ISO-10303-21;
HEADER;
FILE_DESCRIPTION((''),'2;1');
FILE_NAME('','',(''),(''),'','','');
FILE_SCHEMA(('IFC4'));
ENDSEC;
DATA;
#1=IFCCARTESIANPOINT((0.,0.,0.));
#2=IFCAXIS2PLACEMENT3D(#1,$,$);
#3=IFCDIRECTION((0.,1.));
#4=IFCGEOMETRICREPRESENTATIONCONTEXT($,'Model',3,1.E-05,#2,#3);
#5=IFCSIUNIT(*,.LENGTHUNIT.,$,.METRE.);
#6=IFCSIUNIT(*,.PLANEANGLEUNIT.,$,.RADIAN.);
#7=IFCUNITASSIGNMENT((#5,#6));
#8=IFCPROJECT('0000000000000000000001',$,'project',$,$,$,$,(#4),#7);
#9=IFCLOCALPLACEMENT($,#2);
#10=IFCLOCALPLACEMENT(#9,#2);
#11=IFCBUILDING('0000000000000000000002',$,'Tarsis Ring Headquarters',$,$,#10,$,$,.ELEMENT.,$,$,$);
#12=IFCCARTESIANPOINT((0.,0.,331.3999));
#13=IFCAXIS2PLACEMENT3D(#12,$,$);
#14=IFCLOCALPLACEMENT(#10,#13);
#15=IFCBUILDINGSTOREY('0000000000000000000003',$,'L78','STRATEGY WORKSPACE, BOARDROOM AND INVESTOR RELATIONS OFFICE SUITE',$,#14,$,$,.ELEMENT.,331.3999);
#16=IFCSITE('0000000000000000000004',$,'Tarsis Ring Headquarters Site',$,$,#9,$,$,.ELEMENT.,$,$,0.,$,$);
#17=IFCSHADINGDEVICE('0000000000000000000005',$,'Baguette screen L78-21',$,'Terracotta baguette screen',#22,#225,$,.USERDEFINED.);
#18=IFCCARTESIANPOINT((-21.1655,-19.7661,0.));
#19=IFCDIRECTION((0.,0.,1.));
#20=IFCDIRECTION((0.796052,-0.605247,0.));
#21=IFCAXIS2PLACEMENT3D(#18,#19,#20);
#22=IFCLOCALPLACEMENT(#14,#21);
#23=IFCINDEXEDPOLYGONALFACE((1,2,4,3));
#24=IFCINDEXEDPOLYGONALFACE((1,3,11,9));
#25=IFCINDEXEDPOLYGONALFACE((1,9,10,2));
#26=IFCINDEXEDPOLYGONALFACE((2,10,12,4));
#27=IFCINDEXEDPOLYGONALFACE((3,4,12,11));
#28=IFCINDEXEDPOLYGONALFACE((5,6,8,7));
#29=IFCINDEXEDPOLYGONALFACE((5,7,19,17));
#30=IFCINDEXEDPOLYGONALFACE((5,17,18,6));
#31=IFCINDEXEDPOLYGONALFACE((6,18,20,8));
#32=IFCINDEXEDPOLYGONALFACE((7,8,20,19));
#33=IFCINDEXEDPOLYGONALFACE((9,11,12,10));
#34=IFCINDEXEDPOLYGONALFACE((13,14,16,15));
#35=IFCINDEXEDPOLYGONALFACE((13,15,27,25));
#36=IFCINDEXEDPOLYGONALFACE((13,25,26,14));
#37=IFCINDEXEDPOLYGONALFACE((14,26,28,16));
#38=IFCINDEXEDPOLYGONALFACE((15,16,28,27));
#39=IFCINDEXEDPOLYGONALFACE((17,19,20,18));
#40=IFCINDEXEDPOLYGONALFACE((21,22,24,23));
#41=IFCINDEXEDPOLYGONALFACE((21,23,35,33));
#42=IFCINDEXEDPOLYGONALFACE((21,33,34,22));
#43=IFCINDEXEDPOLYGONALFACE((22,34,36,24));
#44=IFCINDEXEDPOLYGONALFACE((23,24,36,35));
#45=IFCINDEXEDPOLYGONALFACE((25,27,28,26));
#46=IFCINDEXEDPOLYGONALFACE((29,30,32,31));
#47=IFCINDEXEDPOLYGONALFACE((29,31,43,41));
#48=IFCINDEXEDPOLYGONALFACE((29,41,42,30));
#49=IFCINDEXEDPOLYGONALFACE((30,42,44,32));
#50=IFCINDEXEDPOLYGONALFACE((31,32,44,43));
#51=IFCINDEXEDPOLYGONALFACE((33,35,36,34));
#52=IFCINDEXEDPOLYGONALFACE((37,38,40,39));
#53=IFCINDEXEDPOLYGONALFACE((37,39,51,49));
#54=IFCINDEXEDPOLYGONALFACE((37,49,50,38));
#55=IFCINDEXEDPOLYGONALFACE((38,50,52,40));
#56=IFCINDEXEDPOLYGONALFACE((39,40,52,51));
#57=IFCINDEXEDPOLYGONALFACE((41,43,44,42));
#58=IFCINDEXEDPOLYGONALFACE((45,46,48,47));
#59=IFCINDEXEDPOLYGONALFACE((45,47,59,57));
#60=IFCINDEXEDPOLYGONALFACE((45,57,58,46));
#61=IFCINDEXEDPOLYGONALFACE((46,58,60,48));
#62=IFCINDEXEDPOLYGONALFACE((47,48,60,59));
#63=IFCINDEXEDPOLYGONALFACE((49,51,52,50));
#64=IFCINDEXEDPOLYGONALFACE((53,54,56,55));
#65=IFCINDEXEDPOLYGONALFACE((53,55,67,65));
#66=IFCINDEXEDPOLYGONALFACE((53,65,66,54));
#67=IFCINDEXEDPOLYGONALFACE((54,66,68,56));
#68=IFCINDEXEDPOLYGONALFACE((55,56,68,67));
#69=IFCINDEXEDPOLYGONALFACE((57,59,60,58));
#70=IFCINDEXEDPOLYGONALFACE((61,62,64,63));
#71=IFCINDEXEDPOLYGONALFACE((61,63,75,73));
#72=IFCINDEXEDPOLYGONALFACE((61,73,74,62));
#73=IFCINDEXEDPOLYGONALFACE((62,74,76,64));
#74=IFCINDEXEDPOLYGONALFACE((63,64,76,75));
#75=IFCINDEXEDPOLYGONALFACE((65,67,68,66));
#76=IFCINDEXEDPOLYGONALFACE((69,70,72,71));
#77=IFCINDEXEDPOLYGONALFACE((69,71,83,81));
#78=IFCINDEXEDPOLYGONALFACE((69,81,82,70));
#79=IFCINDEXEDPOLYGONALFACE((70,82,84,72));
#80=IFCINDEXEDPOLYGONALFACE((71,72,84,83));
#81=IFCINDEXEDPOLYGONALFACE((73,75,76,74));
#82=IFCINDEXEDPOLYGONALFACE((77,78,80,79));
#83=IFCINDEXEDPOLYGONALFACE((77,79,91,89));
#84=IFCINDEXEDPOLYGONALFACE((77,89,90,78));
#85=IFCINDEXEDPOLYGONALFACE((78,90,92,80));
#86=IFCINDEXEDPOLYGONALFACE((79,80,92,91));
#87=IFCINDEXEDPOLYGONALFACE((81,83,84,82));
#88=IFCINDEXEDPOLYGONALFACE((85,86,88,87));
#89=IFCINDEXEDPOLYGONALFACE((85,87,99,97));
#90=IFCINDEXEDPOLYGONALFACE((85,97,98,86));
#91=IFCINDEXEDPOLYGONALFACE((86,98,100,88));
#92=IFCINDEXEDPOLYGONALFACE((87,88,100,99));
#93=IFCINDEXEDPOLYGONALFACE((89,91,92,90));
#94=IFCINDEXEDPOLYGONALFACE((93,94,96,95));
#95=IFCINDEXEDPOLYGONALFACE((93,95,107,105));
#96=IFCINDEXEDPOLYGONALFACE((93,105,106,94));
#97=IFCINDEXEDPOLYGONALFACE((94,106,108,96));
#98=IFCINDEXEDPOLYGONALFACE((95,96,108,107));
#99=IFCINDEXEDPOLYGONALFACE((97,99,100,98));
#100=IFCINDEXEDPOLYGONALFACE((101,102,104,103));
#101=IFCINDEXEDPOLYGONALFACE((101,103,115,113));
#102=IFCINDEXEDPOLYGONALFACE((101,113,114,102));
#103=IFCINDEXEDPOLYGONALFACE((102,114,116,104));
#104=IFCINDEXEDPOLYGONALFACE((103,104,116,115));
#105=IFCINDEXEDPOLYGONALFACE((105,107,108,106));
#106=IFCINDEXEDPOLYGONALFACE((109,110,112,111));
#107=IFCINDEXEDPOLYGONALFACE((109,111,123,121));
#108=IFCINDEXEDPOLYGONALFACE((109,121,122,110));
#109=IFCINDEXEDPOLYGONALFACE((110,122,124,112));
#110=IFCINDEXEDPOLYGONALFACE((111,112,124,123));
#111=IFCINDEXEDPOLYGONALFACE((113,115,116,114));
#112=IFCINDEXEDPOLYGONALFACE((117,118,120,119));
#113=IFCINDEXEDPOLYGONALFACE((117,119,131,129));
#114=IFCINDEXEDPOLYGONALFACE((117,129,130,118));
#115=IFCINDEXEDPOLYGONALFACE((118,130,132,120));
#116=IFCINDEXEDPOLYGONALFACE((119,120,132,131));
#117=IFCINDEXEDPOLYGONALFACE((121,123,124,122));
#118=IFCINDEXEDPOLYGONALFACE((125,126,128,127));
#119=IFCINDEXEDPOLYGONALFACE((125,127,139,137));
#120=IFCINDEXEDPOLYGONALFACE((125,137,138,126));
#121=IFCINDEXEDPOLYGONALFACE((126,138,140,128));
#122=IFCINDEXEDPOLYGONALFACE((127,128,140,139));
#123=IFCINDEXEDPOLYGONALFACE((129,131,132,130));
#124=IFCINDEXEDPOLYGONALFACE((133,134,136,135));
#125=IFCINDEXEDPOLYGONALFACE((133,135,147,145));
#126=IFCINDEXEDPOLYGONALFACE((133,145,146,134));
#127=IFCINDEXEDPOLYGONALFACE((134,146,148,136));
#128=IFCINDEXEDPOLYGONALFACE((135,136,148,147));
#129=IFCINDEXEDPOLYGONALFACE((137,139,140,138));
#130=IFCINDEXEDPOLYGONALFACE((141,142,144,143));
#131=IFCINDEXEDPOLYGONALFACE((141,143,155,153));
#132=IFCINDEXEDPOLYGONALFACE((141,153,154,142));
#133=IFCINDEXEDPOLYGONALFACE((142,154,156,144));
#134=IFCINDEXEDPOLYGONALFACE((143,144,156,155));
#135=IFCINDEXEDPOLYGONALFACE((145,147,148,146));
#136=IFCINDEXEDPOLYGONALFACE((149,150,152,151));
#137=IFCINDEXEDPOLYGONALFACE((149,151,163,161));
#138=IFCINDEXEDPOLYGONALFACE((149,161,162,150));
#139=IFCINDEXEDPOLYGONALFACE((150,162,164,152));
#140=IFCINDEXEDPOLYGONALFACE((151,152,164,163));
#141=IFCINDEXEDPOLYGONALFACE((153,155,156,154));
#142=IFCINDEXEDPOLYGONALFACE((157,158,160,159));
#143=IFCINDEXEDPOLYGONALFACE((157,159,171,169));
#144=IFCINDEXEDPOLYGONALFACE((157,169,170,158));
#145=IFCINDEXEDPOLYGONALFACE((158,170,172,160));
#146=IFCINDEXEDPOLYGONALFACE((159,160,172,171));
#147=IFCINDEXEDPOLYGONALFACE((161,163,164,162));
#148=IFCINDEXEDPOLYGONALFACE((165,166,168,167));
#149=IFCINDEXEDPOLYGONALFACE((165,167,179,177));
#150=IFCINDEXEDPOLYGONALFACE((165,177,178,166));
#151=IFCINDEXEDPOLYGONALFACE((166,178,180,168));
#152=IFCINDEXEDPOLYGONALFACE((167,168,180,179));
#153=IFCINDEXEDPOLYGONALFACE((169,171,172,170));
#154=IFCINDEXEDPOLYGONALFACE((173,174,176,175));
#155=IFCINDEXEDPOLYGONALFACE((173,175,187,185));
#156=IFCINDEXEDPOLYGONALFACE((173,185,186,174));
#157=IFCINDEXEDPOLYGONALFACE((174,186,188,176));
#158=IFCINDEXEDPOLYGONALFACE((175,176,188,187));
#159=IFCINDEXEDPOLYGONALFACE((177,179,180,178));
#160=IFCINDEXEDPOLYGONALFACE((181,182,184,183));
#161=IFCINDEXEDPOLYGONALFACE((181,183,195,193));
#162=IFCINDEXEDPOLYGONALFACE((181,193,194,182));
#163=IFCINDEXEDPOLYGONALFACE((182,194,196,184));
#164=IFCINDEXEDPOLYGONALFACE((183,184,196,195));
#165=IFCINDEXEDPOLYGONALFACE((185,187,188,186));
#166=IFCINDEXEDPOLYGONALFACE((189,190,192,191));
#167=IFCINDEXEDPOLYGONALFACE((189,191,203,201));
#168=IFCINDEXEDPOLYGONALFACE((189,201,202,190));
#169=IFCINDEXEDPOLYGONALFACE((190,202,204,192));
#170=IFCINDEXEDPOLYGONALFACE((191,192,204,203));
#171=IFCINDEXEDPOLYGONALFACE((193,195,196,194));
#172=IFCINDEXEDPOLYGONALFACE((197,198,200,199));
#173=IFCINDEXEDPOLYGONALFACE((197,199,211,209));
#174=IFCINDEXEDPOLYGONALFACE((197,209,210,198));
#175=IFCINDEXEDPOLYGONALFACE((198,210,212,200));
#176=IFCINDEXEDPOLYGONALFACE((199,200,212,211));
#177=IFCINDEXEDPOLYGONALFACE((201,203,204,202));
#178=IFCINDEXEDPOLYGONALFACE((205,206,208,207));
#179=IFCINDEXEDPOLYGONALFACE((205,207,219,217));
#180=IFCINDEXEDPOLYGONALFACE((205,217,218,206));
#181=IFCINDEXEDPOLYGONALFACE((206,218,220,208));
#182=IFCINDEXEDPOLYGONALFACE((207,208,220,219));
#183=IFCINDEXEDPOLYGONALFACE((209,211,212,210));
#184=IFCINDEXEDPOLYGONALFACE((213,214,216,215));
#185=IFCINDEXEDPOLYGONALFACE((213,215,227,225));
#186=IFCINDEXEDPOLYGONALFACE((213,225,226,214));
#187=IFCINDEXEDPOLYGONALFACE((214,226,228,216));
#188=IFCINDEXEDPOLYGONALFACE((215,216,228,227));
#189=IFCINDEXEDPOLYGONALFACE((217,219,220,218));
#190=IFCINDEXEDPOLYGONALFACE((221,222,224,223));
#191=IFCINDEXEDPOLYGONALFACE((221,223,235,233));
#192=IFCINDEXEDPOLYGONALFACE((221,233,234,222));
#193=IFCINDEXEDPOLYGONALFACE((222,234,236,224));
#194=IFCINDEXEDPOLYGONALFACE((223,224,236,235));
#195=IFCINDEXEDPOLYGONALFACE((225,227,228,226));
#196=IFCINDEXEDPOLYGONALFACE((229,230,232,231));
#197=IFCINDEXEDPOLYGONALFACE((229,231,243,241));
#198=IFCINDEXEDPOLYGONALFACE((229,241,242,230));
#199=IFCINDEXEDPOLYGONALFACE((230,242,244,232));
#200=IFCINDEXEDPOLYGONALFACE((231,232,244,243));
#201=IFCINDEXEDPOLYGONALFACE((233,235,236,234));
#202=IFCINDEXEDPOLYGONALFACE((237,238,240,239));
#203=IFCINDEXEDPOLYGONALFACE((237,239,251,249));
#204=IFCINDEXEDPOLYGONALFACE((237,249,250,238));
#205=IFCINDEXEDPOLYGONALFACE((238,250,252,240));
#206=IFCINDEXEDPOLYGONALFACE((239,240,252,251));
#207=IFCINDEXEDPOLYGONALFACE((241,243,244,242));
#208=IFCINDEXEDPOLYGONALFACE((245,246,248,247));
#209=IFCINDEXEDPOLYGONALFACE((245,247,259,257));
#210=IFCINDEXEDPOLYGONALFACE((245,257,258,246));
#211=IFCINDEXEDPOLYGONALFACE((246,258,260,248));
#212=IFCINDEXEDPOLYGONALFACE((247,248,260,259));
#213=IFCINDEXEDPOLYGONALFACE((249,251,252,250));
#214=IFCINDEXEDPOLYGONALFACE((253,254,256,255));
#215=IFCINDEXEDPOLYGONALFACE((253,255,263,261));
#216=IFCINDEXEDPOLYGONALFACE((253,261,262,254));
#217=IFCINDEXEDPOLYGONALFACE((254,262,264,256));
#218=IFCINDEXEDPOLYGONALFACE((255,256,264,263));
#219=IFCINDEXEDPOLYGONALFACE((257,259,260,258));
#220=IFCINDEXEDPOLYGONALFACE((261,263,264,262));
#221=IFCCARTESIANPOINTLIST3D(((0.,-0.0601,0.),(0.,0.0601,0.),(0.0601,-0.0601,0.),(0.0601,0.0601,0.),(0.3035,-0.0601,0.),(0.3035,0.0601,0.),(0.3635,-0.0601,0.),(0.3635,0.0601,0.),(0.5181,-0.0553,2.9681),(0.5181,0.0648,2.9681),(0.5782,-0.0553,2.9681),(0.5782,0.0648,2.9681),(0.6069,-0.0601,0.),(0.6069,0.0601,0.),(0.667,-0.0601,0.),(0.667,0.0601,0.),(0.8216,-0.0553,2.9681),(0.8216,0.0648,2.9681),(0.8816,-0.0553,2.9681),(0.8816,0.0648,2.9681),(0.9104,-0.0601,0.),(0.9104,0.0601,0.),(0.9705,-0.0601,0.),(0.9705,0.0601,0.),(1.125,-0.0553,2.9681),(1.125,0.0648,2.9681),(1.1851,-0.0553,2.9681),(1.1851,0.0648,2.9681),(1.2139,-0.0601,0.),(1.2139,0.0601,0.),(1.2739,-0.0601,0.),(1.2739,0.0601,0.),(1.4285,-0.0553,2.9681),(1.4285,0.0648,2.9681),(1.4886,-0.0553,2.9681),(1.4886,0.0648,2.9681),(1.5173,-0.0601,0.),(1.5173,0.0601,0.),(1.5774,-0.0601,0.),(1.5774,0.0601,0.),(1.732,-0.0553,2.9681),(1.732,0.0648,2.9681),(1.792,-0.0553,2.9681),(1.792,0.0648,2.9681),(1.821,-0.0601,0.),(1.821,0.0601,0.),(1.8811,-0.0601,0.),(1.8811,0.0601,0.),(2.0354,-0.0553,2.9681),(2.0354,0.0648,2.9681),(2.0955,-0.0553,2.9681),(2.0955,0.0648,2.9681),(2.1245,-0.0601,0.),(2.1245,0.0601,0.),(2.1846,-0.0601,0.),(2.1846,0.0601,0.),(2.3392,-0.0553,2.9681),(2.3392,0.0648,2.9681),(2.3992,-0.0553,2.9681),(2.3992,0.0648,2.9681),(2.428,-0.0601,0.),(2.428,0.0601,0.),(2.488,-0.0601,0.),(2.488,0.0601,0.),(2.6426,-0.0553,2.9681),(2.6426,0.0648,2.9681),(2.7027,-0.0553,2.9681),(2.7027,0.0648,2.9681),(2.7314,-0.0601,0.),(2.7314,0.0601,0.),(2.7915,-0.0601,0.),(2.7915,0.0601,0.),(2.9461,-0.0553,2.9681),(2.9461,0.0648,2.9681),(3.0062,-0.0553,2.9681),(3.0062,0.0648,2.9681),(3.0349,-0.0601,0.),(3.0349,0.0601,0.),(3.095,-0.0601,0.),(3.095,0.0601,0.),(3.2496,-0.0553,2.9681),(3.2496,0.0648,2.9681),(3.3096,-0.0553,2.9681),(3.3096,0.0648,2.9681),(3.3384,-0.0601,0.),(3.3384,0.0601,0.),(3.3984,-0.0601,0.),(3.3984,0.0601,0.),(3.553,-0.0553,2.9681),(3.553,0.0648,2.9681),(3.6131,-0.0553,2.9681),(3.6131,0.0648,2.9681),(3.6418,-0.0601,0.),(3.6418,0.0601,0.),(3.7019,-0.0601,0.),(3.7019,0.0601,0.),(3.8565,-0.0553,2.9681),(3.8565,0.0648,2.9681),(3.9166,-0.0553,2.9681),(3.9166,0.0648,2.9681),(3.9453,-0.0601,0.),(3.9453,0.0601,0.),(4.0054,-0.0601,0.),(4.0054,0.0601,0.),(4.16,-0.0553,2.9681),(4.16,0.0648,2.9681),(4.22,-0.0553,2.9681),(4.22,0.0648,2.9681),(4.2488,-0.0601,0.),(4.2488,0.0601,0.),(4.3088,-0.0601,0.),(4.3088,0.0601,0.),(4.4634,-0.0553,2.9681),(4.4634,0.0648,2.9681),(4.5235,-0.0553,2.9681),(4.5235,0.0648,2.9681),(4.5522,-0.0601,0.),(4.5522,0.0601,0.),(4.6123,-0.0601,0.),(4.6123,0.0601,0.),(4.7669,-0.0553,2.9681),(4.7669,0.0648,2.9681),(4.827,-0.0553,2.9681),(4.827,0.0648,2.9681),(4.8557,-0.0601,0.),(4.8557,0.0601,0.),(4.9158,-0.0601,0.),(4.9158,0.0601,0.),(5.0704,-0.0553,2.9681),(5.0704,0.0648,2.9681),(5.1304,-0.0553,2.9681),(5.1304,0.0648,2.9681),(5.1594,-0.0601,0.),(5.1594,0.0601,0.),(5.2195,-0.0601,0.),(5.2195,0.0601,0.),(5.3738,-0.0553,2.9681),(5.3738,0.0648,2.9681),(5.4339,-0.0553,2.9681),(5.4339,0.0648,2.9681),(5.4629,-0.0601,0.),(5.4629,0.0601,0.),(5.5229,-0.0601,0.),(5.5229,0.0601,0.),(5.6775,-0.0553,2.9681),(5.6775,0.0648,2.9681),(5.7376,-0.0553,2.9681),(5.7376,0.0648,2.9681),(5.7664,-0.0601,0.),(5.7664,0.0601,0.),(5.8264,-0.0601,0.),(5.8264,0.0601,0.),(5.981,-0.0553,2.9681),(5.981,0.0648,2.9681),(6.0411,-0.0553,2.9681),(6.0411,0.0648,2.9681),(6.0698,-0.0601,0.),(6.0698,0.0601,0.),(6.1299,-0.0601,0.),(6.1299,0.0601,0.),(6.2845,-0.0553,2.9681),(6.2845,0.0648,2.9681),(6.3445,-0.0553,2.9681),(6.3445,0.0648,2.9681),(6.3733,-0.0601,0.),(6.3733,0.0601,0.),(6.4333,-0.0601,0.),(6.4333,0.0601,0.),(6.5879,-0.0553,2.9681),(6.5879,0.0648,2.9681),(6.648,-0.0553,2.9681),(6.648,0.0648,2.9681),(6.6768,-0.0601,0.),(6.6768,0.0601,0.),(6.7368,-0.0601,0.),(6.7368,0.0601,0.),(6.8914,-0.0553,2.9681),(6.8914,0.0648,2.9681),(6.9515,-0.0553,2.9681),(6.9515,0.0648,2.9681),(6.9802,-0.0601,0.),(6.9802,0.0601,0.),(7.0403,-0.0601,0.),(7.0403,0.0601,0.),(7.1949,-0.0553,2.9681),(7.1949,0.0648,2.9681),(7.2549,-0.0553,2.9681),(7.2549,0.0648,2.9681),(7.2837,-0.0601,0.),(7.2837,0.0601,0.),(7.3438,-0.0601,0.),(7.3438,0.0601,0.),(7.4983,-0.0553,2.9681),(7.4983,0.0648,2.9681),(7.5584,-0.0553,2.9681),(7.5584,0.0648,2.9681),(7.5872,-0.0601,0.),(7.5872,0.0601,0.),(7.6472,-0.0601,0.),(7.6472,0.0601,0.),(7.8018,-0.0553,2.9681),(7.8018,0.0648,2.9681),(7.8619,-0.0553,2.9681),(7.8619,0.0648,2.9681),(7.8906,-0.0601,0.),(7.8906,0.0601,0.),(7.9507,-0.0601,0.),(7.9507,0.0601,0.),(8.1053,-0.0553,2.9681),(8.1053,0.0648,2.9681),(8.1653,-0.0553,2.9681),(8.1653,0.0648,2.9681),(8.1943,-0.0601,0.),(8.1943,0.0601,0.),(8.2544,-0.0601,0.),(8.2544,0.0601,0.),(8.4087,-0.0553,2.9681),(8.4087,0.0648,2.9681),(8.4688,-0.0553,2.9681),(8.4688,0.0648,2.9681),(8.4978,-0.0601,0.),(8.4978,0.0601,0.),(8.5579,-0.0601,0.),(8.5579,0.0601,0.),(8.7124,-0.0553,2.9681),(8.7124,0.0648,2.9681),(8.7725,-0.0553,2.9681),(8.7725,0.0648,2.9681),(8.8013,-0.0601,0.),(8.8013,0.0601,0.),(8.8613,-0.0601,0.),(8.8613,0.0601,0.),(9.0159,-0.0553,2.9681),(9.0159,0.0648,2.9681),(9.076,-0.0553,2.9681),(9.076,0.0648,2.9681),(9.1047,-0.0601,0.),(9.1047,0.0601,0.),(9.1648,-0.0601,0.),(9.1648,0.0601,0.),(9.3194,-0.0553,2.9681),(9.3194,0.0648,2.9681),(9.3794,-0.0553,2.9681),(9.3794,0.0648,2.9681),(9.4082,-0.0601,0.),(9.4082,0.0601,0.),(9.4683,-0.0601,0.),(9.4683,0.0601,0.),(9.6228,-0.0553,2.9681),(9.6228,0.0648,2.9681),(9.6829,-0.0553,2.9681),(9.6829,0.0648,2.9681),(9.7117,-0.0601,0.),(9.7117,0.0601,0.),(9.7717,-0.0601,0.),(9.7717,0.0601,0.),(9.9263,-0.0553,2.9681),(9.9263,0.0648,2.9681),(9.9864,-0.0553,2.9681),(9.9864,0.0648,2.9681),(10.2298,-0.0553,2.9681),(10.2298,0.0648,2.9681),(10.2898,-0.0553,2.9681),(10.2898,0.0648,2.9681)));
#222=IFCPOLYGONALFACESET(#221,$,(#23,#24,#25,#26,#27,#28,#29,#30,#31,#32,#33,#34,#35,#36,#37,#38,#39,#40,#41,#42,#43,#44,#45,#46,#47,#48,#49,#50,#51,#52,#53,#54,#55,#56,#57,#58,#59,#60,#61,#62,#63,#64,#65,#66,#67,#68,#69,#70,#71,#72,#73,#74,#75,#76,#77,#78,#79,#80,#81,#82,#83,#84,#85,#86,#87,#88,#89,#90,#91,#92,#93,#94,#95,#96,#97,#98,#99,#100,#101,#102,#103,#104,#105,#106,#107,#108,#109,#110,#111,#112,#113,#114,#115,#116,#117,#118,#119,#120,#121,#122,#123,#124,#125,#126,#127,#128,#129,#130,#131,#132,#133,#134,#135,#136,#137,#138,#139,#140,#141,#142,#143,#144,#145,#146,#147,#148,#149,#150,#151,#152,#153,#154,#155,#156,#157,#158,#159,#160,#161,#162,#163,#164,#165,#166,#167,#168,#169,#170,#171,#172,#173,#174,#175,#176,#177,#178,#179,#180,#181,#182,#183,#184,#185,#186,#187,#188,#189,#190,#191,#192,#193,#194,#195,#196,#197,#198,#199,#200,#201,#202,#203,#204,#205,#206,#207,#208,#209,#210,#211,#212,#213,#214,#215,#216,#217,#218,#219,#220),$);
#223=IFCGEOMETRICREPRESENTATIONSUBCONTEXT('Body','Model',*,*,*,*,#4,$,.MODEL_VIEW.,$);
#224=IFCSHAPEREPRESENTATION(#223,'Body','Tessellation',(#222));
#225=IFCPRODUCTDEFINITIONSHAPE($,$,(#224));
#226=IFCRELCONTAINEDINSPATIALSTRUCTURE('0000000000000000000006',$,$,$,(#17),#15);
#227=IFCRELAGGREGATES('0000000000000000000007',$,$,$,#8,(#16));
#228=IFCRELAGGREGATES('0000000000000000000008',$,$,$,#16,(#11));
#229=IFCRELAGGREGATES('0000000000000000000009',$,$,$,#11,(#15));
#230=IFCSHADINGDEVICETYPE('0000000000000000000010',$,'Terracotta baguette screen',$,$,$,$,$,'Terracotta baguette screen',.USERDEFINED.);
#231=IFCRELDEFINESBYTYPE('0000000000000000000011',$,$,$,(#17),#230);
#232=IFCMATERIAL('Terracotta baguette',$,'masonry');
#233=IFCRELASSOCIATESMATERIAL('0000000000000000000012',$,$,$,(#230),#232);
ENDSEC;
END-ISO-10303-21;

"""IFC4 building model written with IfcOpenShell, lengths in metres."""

from ifc_helpers import new_model, si_unit, direction, frame, frame_2d, origin, place, context, subcontext, project, spatial, rectangle, composite_profile, extrude, material, type_object, element, save


model = new_model("IFC4")

# Units and contexts
model_context = context("Model", 3, precision=1e-05, world=origin(), true_north=direction((0.0, 1.0)))
body_context = subcontext(model_context, "Body", "Model", "MODEL_VIEW")
ifc_project = project(units=[si_unit("LENGTHUNIT", "METRE"), si_unit("PLANEANGLEUNIT", "RADIAN")], contexts=[model_context])

# Site, building, storey
site_placement = place(None, origin())
site = spatial("IfcSite", under=ifc_project, at=site_placement, Name="Tarsis Ring Headquarters Site", CompositionType="ELEMENT", RefElevation=0.0)
building_placement = place(site_placement, origin())
building = spatial("IfcBuilding", under=site, at=building_placement, Name="Tarsis Ring Headquarters", CompositionType="ELEMENT")
storey_placement = place(building_placement, frame((0.0, 0.0, 331.3999)))
storey = spatial("IfcBuildingStorey", under=building, at=storey_placement, Name="L78", Description="STRATEGY WORKSPACE, BOARDROOM AND INVESTOR RELATIONS OFFICE SUITE", CompositionType="ELEMENT", Elevation=331.3999)

# Shading device
ifc_material_1 = material(Name="Terracotta baguette", Category="masonry")
shading_device_type = type_object("IfcShadingDeviceType", Name="Terracotta baguette screen", ElementType="Terracotta baguette screen", PredefinedType="USERDEFINED", material=ifc_material_1)
shading_device_1_placement = place(storey_placement, frame((-21.1655, -19.7661, 0.0), z_axis=(0.0, 0.0, 1.0), x_axis=(0.796052, -0.605247, 0.0)))
element("IfcShadingDevice", 1, at=shading_device_1_placement, inside=storey, type_object=shading_device_type, Name="Baguette screen L78-21", ObjectType="Terracotta baguette screen", PredefinedType="USERDEFINED", context=body_context, shape_type="SweptSolid", body=[
    extrude(composite_profile([rectangle(XDim=0.0601, YDim=0.1201, at=frame_2d((0.03, 0.0))), rectangle(XDim=0.0601, YDim=0.1201, at=frame_2d((0.3335, 0.0))), rectangle(XDim=0.0601, YDim=0.1201, at=frame_2d((0.637, 0.0))), rectangle(XDim=0.0601, YDim=0.1201, at=frame_2d((0.9404, 0.0))), rectangle(XDim=0.0601, YDim=0.1201, at=frame_2d((1.2439, 0.0))), rectangle(XDim=0.0601, YDim=0.1201, at=frame_2d((1.5474, 0.0))), rectangle(XDim=0.0601, YDim=0.1201, at=frame_2d((1.8511, 0.0))), rectangle(XDim=0.0601, YDim=0.1201, at=frame_2d((2.1545, 0.0))), rectangle(XDim=0.0601, YDim=0.1201, at=frame_2d((2.458, 0.0))), rectangle(XDim=0.0601, YDim=0.1201, at=frame_2d((2.7615, 0.0))), rectangle(XDim=0.0601, YDim=0.1201, at=frame_2d((3.0649, 0.0))), rectangle(XDim=0.0601, YDim=0.1201, at=frame_2d((3.3684, 0.0))), rectangle(XDim=0.0601, YDim=0.1201, at=frame_2d((3.6719, 0.0))), rectangle(XDim=0.0601, YDim=0.1201, at=frame_2d((3.9753, 0.0))), rectangle(XDim=0.0601, YDim=0.1201, at=frame_2d((4.2788, 0.0))), rectangle(XDim=0.0601, YDim=0.1201, at=frame_2d((4.5823, 0.0))), rectangle(XDim=0.0601, YDim=0.1201, at=frame_2d((4.8857, 0.0))), rectangle(XDim=0.0601, YDim=0.1201, at=frame_2d((5.1895, 0.0))), rectangle(XDim=0.0601, YDim=0.1201, at=frame_2d((5.4929, 0.0))), rectangle(XDim=0.0601, YDim=0.1201, at=frame_2d((5.7964, 0.0))), rectangle(XDim=0.0601, YDim=0.1201, at=frame_2d((6.0999, 0.0))), rectangle(XDim=0.0601, YDim=0.1201, at=frame_2d((6.4033, 0.0))), rectangle(XDim=0.0601, YDim=0.1201, at=frame_2d((6.7068, 0.0))), rectangle(XDim=0.0601, YDim=0.1201, at=frame_2d((7.0103, 0.0))), rectangle(XDim=0.0601, YDim=0.1201, at=frame_2d((7.3137, 0.0))), rectangle(XDim=0.0601, YDim=0.1201, at=frame_2d((7.6172, 0.0))), rectangle(XDim=0.0601, YDim=0.1201, at=frame_2d((7.9207, 0.0))), rectangle(XDim=0.0601, YDim=0.1201, at=frame_2d((8.2244, 0.0))), rectangle(XDim=0.0601, YDim=0.1201, at=frame_2d((8.5278, 0.0))), rectangle(XDim=0.0601, YDim=0.1201, at=frame_2d((8.8313, 0.0))), rectangle(XDim=0.0601, YDim=0.1201, at=frame_2d((9.1348, 0.0))), rectangle(XDim=0.0601, YDim=0.1201, at=frame_2d((9.4382, 0.0))), rectangle(XDim=0.0601, YDim=0.1201, at=frame_2d((9.7417, 0.0)))]), origin(), (0.171963, 0.001564, 0.985102), 3.0129),
])

save(model, "model.ifc")
